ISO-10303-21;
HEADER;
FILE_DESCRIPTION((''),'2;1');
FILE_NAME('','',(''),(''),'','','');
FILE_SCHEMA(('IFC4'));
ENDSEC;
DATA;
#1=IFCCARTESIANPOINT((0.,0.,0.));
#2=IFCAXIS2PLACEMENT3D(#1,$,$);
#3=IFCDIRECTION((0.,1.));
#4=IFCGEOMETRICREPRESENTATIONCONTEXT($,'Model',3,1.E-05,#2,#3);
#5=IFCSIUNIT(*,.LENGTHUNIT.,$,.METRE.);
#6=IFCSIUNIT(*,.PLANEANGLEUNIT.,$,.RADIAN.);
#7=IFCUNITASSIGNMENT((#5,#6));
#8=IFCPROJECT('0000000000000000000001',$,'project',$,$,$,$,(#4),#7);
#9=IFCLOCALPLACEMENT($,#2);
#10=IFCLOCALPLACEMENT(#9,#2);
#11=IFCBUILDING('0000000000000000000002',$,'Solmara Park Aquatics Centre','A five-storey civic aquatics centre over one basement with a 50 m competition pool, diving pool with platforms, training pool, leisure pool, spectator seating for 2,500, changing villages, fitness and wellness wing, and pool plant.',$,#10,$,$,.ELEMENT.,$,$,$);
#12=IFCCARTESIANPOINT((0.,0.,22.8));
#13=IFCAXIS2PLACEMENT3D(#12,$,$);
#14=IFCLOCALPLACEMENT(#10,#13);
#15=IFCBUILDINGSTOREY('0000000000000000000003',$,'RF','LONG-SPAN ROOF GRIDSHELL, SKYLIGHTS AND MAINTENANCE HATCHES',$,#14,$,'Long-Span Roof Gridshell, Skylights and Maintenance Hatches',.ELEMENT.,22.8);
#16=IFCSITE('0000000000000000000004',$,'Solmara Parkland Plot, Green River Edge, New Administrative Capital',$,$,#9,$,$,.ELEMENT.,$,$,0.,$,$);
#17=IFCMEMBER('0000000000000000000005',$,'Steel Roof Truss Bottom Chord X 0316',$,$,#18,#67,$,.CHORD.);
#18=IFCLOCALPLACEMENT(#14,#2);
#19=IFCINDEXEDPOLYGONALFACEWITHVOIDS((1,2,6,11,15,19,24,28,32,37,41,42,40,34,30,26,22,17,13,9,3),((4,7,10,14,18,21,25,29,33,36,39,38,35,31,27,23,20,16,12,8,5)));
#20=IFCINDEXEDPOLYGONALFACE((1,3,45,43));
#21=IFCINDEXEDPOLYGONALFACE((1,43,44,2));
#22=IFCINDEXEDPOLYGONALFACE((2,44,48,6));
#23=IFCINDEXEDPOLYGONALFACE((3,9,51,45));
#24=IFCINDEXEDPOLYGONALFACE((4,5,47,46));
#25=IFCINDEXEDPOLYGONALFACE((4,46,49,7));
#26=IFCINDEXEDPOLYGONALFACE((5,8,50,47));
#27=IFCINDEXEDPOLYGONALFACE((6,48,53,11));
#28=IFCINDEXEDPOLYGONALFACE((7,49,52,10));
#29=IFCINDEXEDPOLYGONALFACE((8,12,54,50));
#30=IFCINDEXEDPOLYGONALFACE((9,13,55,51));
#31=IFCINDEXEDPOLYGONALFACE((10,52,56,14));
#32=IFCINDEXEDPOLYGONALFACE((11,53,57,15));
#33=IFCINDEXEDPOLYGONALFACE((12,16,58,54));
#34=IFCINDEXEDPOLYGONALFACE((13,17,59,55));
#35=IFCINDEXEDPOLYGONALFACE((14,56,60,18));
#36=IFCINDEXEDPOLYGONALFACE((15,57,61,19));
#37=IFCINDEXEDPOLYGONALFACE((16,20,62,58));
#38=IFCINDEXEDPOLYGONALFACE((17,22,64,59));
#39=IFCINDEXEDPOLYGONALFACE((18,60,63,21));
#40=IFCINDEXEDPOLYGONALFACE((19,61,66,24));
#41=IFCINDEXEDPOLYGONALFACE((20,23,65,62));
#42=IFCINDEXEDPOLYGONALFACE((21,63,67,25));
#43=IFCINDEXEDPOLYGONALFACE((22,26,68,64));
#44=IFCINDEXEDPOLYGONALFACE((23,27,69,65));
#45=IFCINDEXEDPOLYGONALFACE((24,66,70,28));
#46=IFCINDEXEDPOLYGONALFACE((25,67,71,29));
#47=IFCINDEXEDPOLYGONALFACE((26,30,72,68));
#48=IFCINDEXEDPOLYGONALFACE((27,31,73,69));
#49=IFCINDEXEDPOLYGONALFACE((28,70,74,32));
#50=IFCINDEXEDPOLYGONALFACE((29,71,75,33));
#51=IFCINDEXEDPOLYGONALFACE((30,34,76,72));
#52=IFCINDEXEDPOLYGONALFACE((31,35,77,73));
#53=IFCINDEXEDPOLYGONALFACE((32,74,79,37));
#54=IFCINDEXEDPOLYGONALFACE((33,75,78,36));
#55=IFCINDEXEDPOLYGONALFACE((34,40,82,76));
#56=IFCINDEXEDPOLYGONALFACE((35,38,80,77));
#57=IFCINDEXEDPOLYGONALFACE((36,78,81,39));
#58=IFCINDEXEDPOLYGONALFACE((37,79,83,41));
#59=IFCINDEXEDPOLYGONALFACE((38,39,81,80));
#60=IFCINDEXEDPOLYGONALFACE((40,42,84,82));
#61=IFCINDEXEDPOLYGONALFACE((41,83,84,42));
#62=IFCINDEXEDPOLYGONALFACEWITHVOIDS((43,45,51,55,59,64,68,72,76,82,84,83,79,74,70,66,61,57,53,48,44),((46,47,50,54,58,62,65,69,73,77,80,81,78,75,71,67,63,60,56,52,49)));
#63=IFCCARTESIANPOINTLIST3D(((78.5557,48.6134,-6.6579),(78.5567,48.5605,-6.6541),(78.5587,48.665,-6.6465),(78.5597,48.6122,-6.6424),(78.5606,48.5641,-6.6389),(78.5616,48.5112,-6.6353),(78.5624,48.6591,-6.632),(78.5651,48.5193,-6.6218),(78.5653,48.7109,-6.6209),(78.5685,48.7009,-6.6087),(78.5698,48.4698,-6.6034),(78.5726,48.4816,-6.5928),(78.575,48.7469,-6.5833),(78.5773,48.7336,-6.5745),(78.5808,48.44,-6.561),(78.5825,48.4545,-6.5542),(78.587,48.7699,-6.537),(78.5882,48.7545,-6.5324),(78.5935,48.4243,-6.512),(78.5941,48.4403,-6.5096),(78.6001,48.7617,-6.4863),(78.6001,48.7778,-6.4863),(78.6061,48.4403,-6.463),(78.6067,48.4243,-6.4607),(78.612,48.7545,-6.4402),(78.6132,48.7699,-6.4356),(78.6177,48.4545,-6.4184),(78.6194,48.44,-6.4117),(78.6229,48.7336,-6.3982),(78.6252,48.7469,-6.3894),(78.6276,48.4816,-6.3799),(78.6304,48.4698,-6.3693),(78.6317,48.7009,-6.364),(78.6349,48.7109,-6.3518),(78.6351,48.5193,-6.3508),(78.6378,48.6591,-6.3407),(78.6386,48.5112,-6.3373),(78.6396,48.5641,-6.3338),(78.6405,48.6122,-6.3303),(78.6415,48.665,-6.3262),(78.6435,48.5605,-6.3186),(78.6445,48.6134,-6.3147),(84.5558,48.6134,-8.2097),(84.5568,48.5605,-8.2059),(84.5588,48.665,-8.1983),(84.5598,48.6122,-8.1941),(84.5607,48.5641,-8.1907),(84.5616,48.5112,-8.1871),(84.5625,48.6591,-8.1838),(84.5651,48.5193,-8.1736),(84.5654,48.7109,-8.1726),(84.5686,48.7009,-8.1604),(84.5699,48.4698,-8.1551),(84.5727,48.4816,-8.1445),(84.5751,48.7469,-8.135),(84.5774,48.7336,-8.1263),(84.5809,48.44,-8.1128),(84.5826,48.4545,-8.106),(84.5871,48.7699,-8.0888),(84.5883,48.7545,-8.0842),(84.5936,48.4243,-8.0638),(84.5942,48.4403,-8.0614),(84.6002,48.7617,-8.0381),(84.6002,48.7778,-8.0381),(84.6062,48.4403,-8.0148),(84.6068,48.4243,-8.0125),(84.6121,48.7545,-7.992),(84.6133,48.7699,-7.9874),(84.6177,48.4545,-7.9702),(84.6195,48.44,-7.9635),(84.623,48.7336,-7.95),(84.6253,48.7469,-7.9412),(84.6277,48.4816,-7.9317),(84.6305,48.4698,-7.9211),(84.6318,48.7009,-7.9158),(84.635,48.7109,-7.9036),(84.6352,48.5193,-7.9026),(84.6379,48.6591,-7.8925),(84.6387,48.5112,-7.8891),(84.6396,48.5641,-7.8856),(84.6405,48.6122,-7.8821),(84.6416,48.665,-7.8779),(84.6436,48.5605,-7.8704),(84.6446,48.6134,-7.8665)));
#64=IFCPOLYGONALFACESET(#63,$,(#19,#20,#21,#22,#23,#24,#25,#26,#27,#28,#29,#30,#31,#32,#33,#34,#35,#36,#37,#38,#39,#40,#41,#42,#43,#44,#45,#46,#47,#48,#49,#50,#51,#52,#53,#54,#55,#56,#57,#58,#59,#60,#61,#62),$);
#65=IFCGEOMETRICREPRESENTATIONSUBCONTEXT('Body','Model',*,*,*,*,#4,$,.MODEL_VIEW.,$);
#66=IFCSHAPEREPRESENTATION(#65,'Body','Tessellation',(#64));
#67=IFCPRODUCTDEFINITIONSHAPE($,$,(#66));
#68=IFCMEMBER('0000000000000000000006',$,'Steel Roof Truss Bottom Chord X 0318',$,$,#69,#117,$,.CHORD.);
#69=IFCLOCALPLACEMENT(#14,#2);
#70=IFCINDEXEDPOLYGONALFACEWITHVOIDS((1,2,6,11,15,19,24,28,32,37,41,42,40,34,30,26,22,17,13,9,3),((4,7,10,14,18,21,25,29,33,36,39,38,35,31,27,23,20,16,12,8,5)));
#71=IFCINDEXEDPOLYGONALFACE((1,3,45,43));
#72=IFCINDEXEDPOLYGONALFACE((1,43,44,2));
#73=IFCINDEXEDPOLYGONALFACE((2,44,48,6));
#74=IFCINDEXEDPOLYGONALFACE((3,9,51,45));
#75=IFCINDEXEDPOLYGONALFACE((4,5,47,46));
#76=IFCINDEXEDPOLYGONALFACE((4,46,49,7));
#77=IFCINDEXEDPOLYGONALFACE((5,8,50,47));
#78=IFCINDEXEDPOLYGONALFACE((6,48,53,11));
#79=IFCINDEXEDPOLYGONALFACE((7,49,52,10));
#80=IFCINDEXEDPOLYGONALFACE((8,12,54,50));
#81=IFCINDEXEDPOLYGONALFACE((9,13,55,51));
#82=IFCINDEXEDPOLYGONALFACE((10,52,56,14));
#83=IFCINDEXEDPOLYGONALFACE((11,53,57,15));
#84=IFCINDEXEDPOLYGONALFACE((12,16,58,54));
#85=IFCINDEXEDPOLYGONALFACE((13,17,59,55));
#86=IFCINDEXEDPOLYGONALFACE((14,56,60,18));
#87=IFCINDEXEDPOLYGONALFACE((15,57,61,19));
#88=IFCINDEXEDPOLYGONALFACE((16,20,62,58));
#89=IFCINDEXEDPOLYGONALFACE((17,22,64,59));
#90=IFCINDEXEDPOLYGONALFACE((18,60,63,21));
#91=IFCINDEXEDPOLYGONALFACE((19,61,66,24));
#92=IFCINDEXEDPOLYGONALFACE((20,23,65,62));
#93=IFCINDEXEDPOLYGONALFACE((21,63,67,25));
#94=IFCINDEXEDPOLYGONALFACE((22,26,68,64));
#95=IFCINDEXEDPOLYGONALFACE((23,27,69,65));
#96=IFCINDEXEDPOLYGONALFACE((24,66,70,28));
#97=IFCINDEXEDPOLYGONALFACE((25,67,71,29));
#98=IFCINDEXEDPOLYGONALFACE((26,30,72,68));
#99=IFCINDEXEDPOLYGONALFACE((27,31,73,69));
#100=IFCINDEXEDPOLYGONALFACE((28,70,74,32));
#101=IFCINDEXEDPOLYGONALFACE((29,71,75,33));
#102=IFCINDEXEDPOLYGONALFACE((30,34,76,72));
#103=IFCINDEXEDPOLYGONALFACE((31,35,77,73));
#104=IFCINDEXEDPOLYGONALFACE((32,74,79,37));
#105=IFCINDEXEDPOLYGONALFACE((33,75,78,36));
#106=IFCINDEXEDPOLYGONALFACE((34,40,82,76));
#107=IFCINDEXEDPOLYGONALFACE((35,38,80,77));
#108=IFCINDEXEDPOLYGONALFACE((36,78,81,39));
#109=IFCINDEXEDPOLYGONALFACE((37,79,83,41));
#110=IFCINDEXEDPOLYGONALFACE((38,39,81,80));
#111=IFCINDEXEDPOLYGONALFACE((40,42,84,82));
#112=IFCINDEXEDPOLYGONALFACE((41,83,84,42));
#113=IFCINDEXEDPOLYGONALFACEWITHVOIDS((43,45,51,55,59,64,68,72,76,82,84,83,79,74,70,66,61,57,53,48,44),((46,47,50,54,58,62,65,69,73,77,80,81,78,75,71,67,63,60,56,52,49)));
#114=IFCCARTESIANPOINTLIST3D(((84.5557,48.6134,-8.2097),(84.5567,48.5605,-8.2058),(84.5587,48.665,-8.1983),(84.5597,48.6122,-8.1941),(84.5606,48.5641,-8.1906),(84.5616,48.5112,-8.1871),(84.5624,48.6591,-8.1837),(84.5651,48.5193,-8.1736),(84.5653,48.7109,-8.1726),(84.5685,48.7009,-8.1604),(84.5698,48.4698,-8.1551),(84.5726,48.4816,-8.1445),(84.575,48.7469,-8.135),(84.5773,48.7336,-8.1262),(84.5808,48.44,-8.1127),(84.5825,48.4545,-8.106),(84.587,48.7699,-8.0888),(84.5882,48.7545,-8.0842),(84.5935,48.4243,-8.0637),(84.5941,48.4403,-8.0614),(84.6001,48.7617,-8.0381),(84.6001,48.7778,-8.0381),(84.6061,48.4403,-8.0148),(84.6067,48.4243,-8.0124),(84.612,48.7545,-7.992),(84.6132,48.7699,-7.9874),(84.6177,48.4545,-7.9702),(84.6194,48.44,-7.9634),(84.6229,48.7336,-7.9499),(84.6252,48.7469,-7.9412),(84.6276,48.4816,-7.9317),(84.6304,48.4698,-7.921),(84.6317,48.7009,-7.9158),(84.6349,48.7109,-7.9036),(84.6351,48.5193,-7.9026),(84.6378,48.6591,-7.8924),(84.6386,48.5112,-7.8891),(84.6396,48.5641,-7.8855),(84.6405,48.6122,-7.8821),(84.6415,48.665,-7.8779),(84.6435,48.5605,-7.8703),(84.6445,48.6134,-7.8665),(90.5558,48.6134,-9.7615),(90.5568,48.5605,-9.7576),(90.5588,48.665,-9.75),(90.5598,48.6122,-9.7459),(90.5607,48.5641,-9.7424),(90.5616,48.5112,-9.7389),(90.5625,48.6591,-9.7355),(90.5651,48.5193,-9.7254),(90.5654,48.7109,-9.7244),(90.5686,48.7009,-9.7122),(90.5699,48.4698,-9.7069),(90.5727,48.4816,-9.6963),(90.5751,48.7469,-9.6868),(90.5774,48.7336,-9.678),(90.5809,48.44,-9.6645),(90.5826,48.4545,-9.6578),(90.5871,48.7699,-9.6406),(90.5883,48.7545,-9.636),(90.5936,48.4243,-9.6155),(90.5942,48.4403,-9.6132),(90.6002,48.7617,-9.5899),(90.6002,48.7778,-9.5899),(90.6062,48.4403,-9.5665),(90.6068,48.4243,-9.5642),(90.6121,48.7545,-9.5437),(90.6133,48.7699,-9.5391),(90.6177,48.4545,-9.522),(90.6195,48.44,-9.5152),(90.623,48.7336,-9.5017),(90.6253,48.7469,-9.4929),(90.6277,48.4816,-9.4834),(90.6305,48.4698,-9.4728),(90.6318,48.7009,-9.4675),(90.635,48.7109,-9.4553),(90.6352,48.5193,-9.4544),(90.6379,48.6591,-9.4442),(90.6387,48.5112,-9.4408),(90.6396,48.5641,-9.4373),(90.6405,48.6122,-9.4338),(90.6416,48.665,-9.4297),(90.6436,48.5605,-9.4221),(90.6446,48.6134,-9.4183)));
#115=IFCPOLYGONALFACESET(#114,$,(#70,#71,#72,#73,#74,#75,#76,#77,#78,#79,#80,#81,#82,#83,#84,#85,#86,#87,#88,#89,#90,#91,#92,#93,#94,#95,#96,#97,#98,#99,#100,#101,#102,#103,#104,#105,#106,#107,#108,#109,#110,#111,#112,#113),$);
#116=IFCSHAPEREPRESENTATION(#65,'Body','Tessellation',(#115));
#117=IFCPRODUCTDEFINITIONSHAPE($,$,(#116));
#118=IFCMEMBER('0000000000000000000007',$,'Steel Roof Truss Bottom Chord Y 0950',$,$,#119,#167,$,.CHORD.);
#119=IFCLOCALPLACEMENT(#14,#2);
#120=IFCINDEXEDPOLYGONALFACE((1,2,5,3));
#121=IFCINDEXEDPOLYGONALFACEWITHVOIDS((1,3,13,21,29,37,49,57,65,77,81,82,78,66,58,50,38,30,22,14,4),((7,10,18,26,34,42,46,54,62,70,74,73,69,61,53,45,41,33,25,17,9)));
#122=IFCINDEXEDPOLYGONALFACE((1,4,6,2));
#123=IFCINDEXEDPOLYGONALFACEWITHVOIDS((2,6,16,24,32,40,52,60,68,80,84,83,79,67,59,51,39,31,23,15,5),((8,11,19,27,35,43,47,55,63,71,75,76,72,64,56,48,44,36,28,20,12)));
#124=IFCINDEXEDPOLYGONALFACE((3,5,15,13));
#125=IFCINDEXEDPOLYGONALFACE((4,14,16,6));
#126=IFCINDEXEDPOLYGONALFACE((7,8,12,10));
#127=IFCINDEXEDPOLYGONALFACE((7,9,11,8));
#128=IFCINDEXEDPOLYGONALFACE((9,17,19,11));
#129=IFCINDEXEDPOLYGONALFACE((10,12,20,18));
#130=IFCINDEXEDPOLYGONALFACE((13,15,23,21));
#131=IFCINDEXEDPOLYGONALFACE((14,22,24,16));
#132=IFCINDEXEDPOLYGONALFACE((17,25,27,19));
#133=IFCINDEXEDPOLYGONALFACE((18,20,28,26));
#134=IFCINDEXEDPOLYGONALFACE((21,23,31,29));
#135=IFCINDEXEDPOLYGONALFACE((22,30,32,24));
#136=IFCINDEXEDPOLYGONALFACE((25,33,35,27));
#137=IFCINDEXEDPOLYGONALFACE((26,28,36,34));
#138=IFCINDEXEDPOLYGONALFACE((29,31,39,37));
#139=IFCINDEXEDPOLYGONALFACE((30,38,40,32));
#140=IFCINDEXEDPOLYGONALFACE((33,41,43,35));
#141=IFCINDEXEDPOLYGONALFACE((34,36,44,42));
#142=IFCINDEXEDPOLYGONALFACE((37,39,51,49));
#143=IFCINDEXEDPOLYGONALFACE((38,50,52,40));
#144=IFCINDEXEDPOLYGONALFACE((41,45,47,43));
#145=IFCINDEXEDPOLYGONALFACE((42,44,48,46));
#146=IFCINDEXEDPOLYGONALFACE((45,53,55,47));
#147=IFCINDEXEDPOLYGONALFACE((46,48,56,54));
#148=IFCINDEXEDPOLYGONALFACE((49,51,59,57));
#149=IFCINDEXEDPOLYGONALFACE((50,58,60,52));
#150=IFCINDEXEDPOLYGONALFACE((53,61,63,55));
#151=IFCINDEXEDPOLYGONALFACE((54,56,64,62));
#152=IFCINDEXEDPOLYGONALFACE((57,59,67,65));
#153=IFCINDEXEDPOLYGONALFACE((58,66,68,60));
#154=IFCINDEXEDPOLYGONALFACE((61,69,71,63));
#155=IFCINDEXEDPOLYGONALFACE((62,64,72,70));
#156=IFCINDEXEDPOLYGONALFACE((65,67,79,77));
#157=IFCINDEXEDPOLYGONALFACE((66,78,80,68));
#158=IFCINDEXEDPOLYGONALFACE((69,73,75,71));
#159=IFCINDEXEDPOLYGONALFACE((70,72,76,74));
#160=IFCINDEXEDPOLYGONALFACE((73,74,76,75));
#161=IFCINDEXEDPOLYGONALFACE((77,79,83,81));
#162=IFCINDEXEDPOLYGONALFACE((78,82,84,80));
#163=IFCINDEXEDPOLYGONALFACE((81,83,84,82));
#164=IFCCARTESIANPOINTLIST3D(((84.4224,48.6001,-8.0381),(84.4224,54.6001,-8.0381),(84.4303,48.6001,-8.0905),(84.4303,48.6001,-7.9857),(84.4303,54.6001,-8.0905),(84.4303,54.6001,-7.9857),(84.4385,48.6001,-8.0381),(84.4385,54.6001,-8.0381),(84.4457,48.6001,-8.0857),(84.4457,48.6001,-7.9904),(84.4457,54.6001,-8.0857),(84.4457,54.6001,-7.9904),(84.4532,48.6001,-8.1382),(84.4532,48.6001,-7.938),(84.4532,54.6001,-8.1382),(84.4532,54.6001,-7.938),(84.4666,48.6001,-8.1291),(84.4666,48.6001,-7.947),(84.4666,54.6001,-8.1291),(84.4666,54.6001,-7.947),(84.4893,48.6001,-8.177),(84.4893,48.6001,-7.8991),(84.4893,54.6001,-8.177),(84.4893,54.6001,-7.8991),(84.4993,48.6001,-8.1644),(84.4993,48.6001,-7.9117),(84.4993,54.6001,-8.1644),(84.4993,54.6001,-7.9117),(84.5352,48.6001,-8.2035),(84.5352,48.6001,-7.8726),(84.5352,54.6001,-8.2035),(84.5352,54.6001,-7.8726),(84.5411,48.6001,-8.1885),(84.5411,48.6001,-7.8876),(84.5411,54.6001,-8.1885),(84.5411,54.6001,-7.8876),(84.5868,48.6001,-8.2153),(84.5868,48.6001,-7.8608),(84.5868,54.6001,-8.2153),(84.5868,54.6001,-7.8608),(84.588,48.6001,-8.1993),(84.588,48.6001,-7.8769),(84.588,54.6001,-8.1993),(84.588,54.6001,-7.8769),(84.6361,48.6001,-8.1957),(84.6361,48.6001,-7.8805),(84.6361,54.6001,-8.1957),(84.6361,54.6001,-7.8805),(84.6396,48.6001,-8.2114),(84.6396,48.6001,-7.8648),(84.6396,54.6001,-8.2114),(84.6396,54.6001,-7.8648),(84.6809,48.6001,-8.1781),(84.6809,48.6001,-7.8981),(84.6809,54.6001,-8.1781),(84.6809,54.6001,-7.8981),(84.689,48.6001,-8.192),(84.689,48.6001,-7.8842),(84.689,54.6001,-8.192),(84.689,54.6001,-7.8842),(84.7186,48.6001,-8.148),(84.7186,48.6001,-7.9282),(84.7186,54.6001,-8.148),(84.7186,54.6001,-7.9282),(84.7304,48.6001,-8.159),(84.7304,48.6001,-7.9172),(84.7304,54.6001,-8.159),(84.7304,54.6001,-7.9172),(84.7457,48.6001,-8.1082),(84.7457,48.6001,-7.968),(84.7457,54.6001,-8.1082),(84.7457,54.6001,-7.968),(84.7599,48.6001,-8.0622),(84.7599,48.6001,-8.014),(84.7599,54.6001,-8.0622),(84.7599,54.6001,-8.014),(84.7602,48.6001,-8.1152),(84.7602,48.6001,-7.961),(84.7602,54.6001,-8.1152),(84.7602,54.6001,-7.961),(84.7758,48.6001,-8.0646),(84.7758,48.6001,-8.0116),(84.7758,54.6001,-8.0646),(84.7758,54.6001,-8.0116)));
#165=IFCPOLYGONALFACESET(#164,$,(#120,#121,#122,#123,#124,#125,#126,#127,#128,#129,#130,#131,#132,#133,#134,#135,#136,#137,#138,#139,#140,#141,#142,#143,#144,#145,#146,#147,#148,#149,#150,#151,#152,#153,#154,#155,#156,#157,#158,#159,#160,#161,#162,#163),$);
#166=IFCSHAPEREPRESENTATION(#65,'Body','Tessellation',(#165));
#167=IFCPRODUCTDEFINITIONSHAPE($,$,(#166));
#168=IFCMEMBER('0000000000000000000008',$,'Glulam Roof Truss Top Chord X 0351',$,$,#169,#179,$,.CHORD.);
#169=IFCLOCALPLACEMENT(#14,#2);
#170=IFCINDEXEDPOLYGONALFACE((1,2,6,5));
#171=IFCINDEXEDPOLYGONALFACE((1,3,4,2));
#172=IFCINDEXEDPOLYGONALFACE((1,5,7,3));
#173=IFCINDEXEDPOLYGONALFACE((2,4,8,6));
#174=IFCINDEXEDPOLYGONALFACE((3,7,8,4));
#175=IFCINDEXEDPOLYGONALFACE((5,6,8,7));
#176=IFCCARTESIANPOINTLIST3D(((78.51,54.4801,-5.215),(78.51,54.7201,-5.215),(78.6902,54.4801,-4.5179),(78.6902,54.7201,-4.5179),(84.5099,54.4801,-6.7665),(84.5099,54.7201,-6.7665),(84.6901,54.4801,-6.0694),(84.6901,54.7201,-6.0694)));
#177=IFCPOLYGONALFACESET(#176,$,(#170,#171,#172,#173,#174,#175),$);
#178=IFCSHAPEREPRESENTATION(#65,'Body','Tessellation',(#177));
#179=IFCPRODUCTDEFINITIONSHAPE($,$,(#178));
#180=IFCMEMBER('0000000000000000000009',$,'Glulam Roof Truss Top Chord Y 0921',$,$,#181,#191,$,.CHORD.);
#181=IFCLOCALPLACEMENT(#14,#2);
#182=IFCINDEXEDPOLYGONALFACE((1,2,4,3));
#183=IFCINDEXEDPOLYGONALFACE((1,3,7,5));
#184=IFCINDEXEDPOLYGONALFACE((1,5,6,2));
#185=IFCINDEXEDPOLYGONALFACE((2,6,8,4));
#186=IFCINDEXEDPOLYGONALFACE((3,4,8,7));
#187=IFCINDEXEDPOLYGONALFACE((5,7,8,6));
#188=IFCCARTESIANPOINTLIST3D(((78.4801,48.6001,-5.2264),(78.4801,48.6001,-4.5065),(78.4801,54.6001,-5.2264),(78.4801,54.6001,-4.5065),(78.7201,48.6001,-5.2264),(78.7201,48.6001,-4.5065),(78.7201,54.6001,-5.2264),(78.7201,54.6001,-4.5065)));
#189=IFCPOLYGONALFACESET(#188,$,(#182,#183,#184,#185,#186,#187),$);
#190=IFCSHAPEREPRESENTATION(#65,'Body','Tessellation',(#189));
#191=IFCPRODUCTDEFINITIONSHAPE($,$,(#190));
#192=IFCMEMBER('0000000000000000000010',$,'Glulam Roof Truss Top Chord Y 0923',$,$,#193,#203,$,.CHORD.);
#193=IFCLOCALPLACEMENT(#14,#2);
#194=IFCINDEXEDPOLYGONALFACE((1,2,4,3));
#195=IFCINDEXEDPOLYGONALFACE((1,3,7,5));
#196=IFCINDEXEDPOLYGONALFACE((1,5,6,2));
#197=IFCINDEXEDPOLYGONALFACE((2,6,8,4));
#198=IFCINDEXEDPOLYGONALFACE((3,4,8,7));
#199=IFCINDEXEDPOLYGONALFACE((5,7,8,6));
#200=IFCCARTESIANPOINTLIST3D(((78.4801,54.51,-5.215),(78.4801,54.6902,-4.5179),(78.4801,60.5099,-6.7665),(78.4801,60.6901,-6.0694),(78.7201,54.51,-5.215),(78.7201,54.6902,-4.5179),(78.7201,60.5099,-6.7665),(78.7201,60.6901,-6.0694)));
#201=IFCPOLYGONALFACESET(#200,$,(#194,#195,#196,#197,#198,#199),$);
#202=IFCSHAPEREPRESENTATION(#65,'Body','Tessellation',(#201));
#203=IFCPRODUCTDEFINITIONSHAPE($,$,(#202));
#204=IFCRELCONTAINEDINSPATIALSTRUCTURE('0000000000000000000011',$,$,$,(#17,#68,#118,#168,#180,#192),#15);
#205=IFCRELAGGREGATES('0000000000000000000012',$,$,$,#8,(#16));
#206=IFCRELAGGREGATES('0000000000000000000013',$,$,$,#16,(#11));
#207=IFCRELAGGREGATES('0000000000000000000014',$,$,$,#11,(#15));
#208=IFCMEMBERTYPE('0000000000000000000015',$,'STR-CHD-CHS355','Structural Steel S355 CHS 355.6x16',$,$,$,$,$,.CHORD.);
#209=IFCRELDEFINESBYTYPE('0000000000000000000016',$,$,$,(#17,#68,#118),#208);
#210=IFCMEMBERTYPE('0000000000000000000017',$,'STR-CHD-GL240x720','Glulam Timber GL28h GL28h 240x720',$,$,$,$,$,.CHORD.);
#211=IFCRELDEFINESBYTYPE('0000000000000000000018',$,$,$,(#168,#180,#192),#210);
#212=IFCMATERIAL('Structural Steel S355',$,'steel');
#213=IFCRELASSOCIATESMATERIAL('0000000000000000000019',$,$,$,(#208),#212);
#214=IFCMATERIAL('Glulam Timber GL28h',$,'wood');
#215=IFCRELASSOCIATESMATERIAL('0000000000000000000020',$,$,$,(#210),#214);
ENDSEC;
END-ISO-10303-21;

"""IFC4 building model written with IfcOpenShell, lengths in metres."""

from ifc_helpers import new_model, si_unit, direction, frame, origin, origin_2d, place, context, subcontext, project, spatial, rectangle, hollow_circle, extrude, material, material_profile, profile_set, type_object, element, save


model = new_model("IFC4")

# Units and contexts
model_context = context("Model", 3, precision=1e-05, world=origin(), true_north=direction((0.0, 1.0)))
body_context = subcontext(model_context, "Body", "Model", "MODEL_VIEW")
ifc_project = project(units=[si_unit("LENGTHUNIT", "METRE"), si_unit("PLANEANGLEUNIT", "RADIAN")], contexts=[model_context])

# Site, building, storey
site_placement = place(None, origin())
site = spatial("IfcSite", under=ifc_project, at=site_placement, Name="Solmara Parkland Plot, Green River Edge, New Administrative Capital", CompositionType="ELEMENT", RefElevation=0.0)
building_placement = place(site_placement, origin())
building = spatial("IfcBuilding", under=site, at=building_placement, Name="Solmara Park Aquatics Centre", Description="A five-storey civic aquatics centre over one basement with a 50 m competition pool, diving pool with platforms, training pool, leisure pool, spectator seating for 2,500, changing villages, fitness and wellness wing, and pool plant.", CompositionType="ELEMENT")
storey_placement = place(building_placement, frame((0.0, 0.0, 22.8)))
storey = spatial("IfcBuildingStorey", under=building, at=storey_placement, Name="RF", Description="LONG-SPAN ROOF GRIDSHELL, SKYLIGHTS AND MAINTENANCE HATCHES", LongName="Long-Span Roof Gridshell, Skylights and Maintenance Hatches", CompositionType="ELEMENT", Elevation=22.8)

# Members
ifc_material_1 = material(Name="Structural Steel S355", Category="steel")
ifc_material_profile_1 = material_profile(ifc_material_1, hollow_circle(Radius=0.1777, WallThickness=0.0161, at=origin_2d()), Name="CHS 355.6x16")
ifc_profile_set_1 = profile_set([ifc_material_profile_1], Name="Structural Steel S355")
member_type_1 = type_object("IfcMemberType", Name="STR-CHD-CHS355", Description="Structural Steel S355 CHS 355.6x16", PredefinedType="CHORD", material=ifc_profile_set_1)
for number, where, z_axis, x_axis, name in (
    (1, (78.6001, 48.6001, -6.4863), (0.968146, 0.0, -0.250388), (0.0, 1.0, 0.0), "Steel Roof Truss Bottom Chord X 0316"),
    (2, (84.6001, 48.6001, -8.0381), (0.968146, 0.0, -0.250388), (0.0, 1.0, 0.0), "Steel Roof Truss Bottom Chord X 0318"),
):
    element("IfcMember", number, at=place(storey_placement, frame(where, z_axis=z_axis, x_axis=x_axis)), inside=storey, type_object=member_type_1, Name=name, PredefinedType="CHORD", context=body_context, shape_type="SweptSolid", body=[
        extrude(hollow_circle(Radius=0.1777, WallThickness=0.0161, at=origin_2d()), origin(), (0.0, 0.0, 1.0), 6.1975),
    ])
member_1_placement = place(storey_placement, frame((84.6001, 48.6001, -8.0381), z_axis=(0.0, 1.0, 0.0), x_axis=(-1.0, 0.0, 0.0)))
element("IfcMember", 3, at=member_1_placement, inside=storey, type_object=member_type_1, Name="Steel Roof Truss Bottom Chord Y 0950", PredefinedType="CHORD", context=body_context, shape_type="SweptSolid", body=[
    extrude(hollow_circle(Radius=0.1777, WallThickness=0.0161, at=origin_2d()), origin(), (0.0, 0.0, 1.0), 6.0),
])
ifc_material_2 = material(Name="Glulam Timber GL28h", Category="wood")
ifc_material_profile_2 = material_profile(ifc_material_2, rectangle(XDim=0.24, YDim=0.72, at=origin_2d()), Name="GL28h 240x720")
ifc_profile_set_2 = profile_set([ifc_material_profile_2], Name="Glulam Timber GL28h")
member_type_2 = type_object("IfcMemberType", Name="STR-CHD-GL240x720", Description="Glulam Timber GL28h GL28h 240x720", PredefinedType="CHORD", material=ifc_profile_set_2)
member_2_placement = place(storey_placement, frame((78.6001, 54.6001, -4.8665), z_axis=(0.968155, 0.0, -0.250351), x_axis=(0.0, 1.0, 0.0)))
element("IfcMember", 4, at=member_2_placement, inside=storey, type_object=member_type_2, Name="Glulam Roof Truss Top Chord X 0351", PredefinedType="CHORD", context=body_context, shape_type="SweptSolid", body=[
    extrude(rectangle(XDim=0.24, YDim=0.72, at=origin_2d()), origin(), (0.0, 0.0, 1.0), 6.1973),
])
member_3_placement = place(storey_placement, frame((78.6001, 48.6001, -4.8665), z_axis=(0.0, 1.0, 0.0), x_axis=(-1.0, 0.0, 0.0)))
element("IfcMember", 5, at=member_3_placement, inside=storey, type_object=member_type_2, Name="Glulam Roof Truss Top Chord Y 0921", PredefinedType="CHORD", context=body_context, shape_type="SweptSolid", body=[
    extrude(rectangle(XDim=0.24, YDim=0.72, at=origin_2d()), origin(), (0.0, 0.0, 1.0), 6.0),
])
member_4_placement = place(storey_placement, frame((78.6001, 54.6001, -4.8665), z_axis=(0.0, 0.968155, -0.250351), x_axis=(-1.0, 0.0, 0.0)))
element("IfcMember", 6, at=member_4_placement, inside=storey, type_object=member_type_2, Name="Glulam Roof Truss Top Chord Y 0923", PredefinedType="CHORD", context=body_context, shape_type="SweptSolid", body=[
    extrude(rectangle(XDim=0.24, YDim=0.72, at=origin_2d()), origin(), (0.0, 0.0, 1.0), 6.1973),
])

save(model, "model.ifc")
